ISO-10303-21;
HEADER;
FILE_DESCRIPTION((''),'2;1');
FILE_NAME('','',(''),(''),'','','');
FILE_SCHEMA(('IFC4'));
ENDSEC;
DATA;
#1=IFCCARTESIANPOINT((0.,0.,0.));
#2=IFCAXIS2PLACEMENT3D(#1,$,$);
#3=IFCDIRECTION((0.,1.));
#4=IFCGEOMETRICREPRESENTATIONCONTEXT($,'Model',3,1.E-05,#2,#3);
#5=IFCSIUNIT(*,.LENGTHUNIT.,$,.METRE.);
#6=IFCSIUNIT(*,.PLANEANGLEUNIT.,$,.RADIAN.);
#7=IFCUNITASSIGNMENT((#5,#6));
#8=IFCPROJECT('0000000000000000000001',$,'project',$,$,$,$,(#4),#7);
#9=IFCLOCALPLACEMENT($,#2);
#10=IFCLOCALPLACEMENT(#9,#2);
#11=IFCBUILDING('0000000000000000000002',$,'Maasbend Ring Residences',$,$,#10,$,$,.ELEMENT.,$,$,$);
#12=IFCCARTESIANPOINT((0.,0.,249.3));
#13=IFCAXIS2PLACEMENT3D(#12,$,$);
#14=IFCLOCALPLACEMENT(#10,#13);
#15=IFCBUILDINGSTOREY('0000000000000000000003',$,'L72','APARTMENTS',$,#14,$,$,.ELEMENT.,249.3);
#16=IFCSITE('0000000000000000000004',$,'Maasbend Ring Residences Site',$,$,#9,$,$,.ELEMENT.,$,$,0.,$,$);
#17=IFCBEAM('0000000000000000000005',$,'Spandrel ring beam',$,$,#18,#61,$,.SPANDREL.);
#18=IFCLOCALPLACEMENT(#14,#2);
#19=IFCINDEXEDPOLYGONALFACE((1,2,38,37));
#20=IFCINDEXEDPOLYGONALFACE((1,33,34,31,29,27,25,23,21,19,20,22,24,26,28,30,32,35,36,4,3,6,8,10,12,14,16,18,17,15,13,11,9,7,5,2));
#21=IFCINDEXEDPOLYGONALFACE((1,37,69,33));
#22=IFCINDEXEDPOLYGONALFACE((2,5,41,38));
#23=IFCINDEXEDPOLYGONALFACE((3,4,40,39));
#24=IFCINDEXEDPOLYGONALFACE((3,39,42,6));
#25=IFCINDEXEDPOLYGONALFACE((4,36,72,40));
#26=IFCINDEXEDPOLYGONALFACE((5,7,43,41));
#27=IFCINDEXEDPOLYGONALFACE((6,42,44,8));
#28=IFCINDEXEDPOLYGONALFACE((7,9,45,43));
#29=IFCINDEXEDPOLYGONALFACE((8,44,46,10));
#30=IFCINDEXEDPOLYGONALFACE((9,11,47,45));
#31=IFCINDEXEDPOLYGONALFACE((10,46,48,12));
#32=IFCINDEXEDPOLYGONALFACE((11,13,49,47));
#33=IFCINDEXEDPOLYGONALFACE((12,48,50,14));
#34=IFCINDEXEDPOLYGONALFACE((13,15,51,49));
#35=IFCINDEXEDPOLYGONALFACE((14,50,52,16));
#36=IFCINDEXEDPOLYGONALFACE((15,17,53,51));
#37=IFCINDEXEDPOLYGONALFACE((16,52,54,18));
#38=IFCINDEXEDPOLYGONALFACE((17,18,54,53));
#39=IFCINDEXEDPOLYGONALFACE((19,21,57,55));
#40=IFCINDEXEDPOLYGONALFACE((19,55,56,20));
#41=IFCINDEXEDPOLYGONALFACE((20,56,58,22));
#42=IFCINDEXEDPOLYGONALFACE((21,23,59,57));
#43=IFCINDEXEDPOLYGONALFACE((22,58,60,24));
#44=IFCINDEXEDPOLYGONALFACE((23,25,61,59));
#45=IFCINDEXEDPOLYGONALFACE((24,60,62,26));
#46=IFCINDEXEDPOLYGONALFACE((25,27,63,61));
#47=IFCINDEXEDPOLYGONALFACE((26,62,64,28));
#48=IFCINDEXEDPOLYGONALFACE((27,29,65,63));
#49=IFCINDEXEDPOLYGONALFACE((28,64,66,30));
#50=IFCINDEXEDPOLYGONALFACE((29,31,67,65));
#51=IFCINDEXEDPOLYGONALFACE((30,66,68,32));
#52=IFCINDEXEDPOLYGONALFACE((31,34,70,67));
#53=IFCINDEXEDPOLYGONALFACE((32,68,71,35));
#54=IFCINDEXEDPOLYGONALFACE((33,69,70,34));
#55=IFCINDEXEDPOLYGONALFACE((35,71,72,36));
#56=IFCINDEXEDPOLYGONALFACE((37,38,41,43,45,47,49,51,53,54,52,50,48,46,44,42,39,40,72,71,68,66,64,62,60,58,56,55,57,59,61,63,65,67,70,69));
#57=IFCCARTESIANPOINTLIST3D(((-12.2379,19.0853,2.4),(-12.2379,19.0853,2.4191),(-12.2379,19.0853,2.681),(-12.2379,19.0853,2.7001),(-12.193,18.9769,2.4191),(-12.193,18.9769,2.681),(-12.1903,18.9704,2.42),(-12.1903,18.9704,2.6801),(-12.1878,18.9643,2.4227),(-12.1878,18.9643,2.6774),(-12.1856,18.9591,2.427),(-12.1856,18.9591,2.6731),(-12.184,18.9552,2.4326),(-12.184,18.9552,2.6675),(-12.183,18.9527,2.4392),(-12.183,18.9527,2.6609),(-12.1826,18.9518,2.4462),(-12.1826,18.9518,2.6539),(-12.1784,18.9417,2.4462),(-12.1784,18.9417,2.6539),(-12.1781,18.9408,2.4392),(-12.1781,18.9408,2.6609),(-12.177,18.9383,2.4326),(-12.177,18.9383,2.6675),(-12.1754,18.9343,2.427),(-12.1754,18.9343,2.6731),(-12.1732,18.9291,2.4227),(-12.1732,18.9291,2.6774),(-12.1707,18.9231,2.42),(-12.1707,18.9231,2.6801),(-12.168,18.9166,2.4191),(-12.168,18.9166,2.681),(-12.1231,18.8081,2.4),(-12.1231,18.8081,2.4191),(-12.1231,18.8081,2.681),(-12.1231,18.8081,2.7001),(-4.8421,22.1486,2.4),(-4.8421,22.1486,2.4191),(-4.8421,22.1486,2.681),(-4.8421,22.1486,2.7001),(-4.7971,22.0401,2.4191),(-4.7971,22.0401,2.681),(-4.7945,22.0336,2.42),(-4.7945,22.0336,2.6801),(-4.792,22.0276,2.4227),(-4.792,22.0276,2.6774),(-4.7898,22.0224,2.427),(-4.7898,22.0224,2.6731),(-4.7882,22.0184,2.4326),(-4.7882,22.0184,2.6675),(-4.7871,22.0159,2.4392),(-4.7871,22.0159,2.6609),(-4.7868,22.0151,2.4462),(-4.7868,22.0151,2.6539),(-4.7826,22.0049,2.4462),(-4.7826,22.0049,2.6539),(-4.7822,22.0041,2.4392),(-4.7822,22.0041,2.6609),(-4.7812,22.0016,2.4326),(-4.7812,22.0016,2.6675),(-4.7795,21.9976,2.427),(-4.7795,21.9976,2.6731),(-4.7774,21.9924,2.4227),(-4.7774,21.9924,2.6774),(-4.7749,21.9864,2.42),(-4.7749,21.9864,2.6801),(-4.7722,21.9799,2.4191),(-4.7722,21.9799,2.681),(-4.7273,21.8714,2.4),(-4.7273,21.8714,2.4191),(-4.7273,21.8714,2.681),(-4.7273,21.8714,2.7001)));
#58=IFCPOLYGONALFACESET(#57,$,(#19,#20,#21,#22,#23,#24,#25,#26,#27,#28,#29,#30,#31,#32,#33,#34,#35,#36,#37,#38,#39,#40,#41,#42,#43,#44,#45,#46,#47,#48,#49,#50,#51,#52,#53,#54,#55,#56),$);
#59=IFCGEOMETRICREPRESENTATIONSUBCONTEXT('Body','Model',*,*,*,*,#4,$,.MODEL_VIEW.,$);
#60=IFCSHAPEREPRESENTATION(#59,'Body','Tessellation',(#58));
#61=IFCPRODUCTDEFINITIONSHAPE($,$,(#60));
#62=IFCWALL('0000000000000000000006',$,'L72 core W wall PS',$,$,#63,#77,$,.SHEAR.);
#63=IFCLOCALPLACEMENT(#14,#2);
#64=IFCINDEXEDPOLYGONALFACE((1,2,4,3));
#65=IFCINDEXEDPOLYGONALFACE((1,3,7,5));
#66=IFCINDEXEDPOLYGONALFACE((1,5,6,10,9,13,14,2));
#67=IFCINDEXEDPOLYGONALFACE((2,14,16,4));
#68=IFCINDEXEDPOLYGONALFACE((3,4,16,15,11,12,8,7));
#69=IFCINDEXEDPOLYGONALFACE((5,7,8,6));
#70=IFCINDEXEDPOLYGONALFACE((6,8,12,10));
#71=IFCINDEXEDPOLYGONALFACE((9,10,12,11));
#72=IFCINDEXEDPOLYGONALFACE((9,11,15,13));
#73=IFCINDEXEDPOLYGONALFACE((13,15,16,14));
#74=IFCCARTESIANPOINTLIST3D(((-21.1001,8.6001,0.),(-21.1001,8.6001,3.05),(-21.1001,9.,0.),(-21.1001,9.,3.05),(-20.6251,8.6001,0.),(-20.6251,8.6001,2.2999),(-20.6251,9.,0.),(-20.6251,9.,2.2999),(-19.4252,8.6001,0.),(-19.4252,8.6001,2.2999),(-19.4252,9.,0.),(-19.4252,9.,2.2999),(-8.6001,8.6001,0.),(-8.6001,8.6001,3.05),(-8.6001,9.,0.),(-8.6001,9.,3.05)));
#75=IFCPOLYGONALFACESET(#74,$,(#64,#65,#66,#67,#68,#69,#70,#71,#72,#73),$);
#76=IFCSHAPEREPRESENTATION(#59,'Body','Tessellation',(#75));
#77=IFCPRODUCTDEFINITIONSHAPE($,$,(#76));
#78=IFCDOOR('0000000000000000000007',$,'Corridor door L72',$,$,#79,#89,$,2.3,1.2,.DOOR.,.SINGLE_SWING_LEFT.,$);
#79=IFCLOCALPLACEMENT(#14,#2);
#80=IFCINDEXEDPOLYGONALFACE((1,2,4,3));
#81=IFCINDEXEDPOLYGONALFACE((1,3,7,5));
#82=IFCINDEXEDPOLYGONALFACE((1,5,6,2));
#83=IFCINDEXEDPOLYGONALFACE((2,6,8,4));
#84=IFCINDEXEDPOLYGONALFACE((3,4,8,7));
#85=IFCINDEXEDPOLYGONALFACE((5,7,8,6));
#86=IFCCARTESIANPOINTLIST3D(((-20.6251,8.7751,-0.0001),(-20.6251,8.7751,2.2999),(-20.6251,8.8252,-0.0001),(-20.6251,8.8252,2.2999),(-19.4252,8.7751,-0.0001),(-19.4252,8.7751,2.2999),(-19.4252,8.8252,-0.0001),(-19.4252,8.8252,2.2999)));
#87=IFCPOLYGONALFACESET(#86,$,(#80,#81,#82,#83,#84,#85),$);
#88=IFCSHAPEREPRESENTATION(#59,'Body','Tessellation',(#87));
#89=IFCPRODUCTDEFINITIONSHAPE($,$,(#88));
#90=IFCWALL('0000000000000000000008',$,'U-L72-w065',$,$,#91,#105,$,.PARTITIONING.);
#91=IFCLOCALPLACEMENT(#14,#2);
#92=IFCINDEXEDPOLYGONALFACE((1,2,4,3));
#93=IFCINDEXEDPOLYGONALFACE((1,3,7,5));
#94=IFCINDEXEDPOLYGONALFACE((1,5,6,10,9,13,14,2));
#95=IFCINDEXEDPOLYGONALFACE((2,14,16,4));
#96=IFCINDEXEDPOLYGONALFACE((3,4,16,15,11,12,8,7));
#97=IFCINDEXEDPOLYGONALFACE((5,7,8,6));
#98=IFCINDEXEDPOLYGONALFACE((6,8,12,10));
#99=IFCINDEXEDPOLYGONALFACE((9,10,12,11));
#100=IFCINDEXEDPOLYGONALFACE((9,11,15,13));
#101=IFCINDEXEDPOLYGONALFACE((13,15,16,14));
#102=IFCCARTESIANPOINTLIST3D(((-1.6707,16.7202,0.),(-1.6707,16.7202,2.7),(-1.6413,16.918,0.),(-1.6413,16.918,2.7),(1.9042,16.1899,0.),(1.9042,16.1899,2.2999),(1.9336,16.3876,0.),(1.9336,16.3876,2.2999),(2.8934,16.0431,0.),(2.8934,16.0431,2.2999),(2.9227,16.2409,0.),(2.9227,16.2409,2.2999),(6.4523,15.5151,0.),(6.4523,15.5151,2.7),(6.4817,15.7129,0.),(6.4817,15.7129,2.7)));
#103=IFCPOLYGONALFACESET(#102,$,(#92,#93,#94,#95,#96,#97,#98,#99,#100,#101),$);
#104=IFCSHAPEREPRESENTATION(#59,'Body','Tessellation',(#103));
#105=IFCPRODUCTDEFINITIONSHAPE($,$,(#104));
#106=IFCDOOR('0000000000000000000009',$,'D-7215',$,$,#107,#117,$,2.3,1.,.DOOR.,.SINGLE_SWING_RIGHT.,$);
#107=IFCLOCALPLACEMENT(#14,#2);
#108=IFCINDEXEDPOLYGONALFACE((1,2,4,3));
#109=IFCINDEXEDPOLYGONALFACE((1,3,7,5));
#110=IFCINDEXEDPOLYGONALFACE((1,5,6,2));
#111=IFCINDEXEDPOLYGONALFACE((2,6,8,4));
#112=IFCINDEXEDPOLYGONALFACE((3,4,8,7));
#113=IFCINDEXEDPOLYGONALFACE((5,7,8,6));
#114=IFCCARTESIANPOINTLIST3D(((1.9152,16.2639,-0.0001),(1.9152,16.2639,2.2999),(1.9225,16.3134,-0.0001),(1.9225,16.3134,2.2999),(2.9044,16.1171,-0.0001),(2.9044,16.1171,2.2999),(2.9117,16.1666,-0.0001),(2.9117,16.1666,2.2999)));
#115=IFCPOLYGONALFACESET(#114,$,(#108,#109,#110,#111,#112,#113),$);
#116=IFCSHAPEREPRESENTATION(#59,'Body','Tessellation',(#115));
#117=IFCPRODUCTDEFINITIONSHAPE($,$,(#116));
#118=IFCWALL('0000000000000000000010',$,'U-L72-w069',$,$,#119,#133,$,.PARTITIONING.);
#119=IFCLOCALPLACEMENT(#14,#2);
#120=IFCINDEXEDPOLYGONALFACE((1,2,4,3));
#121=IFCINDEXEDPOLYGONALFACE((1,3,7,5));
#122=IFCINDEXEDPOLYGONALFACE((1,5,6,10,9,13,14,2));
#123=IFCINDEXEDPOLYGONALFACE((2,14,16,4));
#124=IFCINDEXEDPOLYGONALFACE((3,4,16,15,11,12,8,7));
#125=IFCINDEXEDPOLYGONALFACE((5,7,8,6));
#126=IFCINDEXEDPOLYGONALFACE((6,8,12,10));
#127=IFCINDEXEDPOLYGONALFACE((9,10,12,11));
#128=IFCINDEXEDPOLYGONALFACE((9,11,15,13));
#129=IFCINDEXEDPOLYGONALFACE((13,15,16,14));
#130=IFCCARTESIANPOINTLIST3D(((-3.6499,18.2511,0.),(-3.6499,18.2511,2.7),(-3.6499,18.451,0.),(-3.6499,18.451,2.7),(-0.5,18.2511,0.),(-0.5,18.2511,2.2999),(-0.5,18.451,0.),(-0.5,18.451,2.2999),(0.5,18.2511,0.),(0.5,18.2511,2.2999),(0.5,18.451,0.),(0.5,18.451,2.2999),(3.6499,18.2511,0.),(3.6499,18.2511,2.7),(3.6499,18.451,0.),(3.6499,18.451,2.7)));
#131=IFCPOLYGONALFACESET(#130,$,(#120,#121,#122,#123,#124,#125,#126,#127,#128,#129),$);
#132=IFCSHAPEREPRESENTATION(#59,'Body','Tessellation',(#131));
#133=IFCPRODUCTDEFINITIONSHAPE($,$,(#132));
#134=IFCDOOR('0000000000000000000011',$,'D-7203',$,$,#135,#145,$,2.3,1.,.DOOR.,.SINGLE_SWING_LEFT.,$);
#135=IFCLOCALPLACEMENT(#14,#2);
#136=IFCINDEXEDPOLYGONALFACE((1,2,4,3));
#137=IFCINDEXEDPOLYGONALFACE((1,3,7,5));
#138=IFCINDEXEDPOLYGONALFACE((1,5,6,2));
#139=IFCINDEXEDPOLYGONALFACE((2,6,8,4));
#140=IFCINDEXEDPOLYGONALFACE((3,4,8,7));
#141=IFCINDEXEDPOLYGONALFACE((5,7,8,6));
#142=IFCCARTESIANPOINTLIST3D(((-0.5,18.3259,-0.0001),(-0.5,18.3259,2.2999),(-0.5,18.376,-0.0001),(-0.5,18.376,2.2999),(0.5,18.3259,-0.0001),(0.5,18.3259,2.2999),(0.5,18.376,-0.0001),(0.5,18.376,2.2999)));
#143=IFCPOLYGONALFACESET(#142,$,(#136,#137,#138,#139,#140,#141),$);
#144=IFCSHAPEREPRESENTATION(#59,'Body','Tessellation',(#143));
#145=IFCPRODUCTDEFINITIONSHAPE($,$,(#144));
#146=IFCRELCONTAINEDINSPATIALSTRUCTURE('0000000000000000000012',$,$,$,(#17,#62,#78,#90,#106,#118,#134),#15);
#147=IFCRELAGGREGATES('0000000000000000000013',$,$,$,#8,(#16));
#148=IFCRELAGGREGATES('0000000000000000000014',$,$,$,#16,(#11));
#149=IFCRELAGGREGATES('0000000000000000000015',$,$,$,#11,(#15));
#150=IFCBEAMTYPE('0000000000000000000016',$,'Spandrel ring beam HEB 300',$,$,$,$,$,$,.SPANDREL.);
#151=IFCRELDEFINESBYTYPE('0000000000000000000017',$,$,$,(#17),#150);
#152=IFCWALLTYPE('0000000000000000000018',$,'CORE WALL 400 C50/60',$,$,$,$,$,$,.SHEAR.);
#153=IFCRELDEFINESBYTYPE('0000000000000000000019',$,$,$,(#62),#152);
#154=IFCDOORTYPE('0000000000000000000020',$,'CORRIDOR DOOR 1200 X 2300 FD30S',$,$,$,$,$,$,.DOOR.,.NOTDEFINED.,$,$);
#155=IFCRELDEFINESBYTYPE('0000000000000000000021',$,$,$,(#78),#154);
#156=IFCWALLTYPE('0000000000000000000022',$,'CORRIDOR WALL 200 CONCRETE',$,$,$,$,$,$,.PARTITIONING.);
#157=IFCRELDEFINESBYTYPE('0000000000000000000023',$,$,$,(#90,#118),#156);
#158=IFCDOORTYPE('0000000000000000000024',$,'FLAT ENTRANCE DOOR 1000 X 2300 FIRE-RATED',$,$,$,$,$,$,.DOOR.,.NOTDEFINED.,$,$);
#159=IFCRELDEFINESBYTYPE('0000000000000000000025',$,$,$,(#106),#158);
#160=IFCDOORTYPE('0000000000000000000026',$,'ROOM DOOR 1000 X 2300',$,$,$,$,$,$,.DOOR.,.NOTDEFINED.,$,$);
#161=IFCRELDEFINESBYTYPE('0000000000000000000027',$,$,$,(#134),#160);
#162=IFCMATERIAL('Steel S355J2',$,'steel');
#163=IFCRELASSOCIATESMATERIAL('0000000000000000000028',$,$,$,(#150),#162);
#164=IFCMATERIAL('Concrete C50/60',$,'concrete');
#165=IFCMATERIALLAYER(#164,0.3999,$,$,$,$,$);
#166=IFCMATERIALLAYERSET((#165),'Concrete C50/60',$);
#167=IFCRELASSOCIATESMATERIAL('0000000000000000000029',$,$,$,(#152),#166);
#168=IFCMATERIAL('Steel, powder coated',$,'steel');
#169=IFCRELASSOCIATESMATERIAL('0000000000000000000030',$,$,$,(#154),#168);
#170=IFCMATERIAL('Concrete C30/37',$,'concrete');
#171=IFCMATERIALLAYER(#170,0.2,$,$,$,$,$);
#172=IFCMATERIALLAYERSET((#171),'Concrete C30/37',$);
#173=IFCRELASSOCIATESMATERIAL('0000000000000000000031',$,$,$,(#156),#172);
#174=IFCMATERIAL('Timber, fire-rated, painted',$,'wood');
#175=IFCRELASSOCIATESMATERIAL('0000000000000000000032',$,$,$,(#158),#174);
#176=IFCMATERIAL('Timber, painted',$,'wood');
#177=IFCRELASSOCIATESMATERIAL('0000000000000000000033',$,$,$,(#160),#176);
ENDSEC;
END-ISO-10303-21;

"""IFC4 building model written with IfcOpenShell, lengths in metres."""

from ifc_helpers import new_model, si_unit, direction, frame, frame_2d, origin, origin_2d, place, context, subcontext, project, spatial, rectangle, i_section, extrude, material, layer, layer_set, material_profile, profile_set, type_object, element, fill, save


model = new_model("IFC4")

# Units and contexts
model_context = context("Model", 3, precision=1e-05, world=origin(), true_north=direction((0.0, 1.0)))
body_context = subcontext(model_context, "Body", "Model", "MODEL_VIEW")
ifc_project = project(units=[si_unit("LENGTHUNIT", "METRE"), si_unit("PLANEANGLEUNIT", "RADIAN")], contexts=[model_context])

# Site, building, storey
site_placement = place(None, origin())
site = spatial("IfcSite", under=ifc_project, at=site_placement, Name="Maasbend Ring Residences Site", CompositionType="ELEMENT", RefElevation=0.0)
building_placement = place(site_placement, origin())
building = spatial("IfcBuilding", under=site, at=building_placement, Name="Maasbend Ring Residences", CompositionType="ELEMENT")
storey_placement = place(building_placement, frame((0.0, 0.0, 249.3)))
storey = spatial("IfcBuildingStorey", under=building, at=storey_placement, Name="L72", Description="APARTMENTS", CompositionType="ELEMENT", Elevation=249.3)

# Beam
ifc_material_1 = material(Name="Steel S355J2", Category="steel")
ifc_material_profile_1 = material_profile(ifc_material_1, i_section(OverallWidth=0.3, OverallDepth=0.3, WebThickness=0.011, FlangeThickness=0.019, FilletRadius=0.0271, at=origin_2d()), Name="HEB 300")
ifc_profile_set_1 = profile_set([ifc_material_profile_1], Name="Steel S355J2")
beam_type_1 = type_object("IfcBeamType", Name="Spandrel ring beam HEB 300", PredefinedType="SPANDREL", material=ifc_profile_set_1)
beam_1_placement = place(storey_placement, frame((-4.7847, 22.01, 2.55), z_axis=(-0.923888, -0.382663, 0.0), x_axis=(0.382663, -0.923888, 0.0)))
element("IfcBeam", 1, at=beam_1_placement, inside=storey, type_object=beam_type_1, Name="Spandrel ring beam", PredefinedType="SPANDREL", context=body_context, shape_type="SweptSolid", body=[
    extrude(i_section(OverallWidth=0.3, OverallDepth=0.3, WebThickness=0.011, FlangeThickness=0.019, FilletRadius=0.0271, at=origin_2d()), origin(), (0.0, 0.0, 1.0), 8.0051),
])

# Walls, openings, doors
ifc_material_2 = material(Name="Concrete C50/60", Category="concrete")
ifc_layer_1 = layer(ifc_material_2, 0.3999)
ifc_layer_set_1 = layer_set([ifc_layer_1], Name="Concrete C50/60")
wall_type_1 = type_object("IfcWallType", Name="CORE WALL 400 C50/60", PredefinedType="SHEAR", material=ifc_layer_set_1)
wall_1_placement = place(storey_placement, frame((-8.6001, 8.8, 0.0), z_axis=(0.0, 0.0, 1.0), x_axis=(-1.0, 0.0, 0.0)))
wall_1 = element("IfcWall", 2, at=wall_1_placement, inside=storey, type_object=wall_type_1, Name="L72 core W wall PS", PredefinedType="SHEAR", context=body_context, shape_type="SweptSolid", body=[
    extrude(rectangle(XDim=12.5, YDim=0.3999, at=frame_2d((6.25, 0.0))), origin(), (0.0, 0.0, 1.0), 3.05),
])
opening_1_placement = place(wall_1_placement, frame((10.825, 0.0, 0.0)))
opening_1 = element("IfcOpeningElement", 3, at=opening_1_placement, cuts=wall_1, PredefinedType="OPENING", context=body_context, shape_type="SweptSolid", body=[
    extrude(rectangle(XDim=1.2, YDim=2.3, at=frame_2d((0.6001, 1.1499))), frame((0.0, 0.21, 0.0), z_axis=(0.0, -1.0, 0.0), x_axis=(1.0, 0.0, 0.0)), (0.0, 0.0, 1.0), 0.4199),
])
ifc_material_3 = material(Name="Steel, powder coated", Category="steel")
door_type_1 = type_object("IfcDoorType", Name="CORRIDOR DOOR 1200 X 2300 FD30S", OperationType="NOTDEFINED", PredefinedType="DOOR", material=ifc_material_3)
door_1_placement = place(opening_1_placement, origin())
door_1 = element("IfcDoor", 4, at=door_1_placement, inside=storey, type_object=door_type_1, Name="Corridor door L72", OperationType="SINGLE_SWING_LEFT", OverallHeight=2.3, OverallWidth=1.2, PredefinedType="DOOR", context=body_context, shape_type="SweptSolid", body=[
    extrude(rectangle(XDim=1.2, YDim=2.3, at=frame_2d((0.6001, 1.1499))), frame((0.0, 0.0249, 0.0), z_axis=(0.0, -1.0, 0.0), x_axis=(1.0, 0.0, 0.0)), (0.0, 0.0, 1.0), 0.05),
])
fill(opening_1, door_1)
ifc_material_4 = material(Name="Concrete C30/37", Category="concrete")
ifc_layer_2 = layer(ifc_material_4, 0.2)
ifc_layer_set_2 = layer_set([ifc_layer_2], Name="Concrete C30/37")
wall_type_2 = type_object("IfcWallType", Name="CORRIDOR WALL 200 CONCRETE", PredefinedType="PARTITIONING", material=ifc_layer_set_2)
wall_2_placement = place(storey_placement, frame((-1.656, 16.8191, 0.0), z_axis=(0.0, 0.0, 1.0), x_axis=(0.989174, -0.146747, 0.0)))
wall_2 = element("IfcWall", 5, at=wall_2_placement, inside=storey, type_object=wall_type_2, Name="U-L72-w065", PredefinedType="PARTITIONING", context=body_context, shape_type="SweptSolid", body=[
    extrude(rectangle(XDim=8.2119, YDim=0.2, at=frame_2d((4.106, 0.0))), origin(), (0.0, 0.0, 1.0), 2.7),
])
opening_2_placement = place(wall_2_placement, frame((3.614, 0.0, 0.0)))
opening_2 = element("IfcOpeningElement", 6, at=opening_2_placement, cuts=wall_2, PredefinedType="OPENING", context=body_context, shape_type="SweptSolid", body=[
    extrude(rectangle(XDim=1.0, YDim=2.3, at=frame_2d((0.5, 1.1499))), frame((0.0, 0.1099, 0.0), z_axis=(0.0, -1.0, 0.0), x_axis=(1.0, 0.0, 0.0)), (0.0, 0.0, 1.0), 0.22),
])
ifc_material_5 = material(Name="Timber, fire-rated, painted", Category="wood")
door_type_2 = type_object("IfcDoorType", Name="FLAT ENTRANCE DOOR 1000 X 2300 FIRE-RATED", OperationType="NOTDEFINED", PredefinedType="DOOR", material=ifc_material_5)
door_2_placement = place(opening_2_placement, origin())
door_2 = element("IfcDoor", 7, at=door_2_placement, inside=storey, type_object=door_type_2, Name="D-7215", OperationType="SINGLE_SWING_RIGHT", OverallHeight=2.3, OverallWidth=1.0, PredefinedType="DOOR", context=body_context, shape_type="SweptSolid", body=[
    extrude(rectangle(XDim=1.0, YDim=2.3, at=frame_2d((0.5, 1.1499))), frame((0.0, 0.0249, 0.0), z_axis=(0.0, -1.0, 0.0), x_axis=(1.0, 0.0, 0.0)), (0.0, 0.0, 1.0), 0.05),
])
fill(opening_2, door_2)
wall_3_placement = place(storey_placement, frame((-3.6499, 18.3511, 0.0), z_axis=(0.0, 0.0, 1.0), x_axis=(1.0, 0.0, 0.0)))
wall_3 = element("IfcWall", 8, at=wall_3_placement, inside=storey, type_object=wall_type_2, Name="U-L72-w069", PredefinedType="PARTITIONING", context=body_context, shape_type="SweptSolid", body=[
    extrude(rectangle(XDim=7.2998, YDim=0.2, at=frame_2d((3.6499, 0.0))), origin(), (0.0, 0.0, 1.0), 2.7),
])
opening_3_placement = place(wall_3_placement, frame((3.1499, 0.0, 0.0)))
opening_3 = element("IfcOpeningElement", 9, at=opening_3_placement, cuts=wall_3, PredefinedType="OPENING", context=body_context, shape_type="SweptSolid", body=[
    extrude(rectangle(XDim=1.0, YDim=2.3, at=frame_2d((0.5, 1.1499))), frame((0.0, 0.1099, 0.0), z_axis=(0.0, -1.0, 0.0), x_axis=(1.0, 0.0, 0.0)), (0.0, 0.0, 1.0), 0.22),
])
ifc_material_6 = material(Name="Timber, painted", Category="wood")
door_type_3 = type_object("IfcDoorType", Name="ROOM DOOR 1000 X 2300", OperationType="NOTDEFINED", PredefinedType="DOOR", material=ifc_material_6)
door_3_placement = place(opening_3_placement, origin())
door_3 = element("IfcDoor", 10, at=door_3_placement, inside=storey, type_object=door_type_3, Name="D-7203", OperationType="SINGLE_SWING_LEFT", OverallHeight=2.3, OverallWidth=1.0, PredefinedType="DOOR", context=body_context, shape_type="SweptSolid", body=[
    extrude(rectangle(XDim=1.0, YDim=2.3, at=frame_2d((0.5, 1.1499))), frame((0.0, 0.0249, 0.0), z_axis=(0.0, -1.0, 0.0), x_axis=(1.0, 0.0, 0.0)), (0.0, 0.0, 1.0), 0.05),
])
fill(opening_3, door_3)

save(model, "model.ifc")
